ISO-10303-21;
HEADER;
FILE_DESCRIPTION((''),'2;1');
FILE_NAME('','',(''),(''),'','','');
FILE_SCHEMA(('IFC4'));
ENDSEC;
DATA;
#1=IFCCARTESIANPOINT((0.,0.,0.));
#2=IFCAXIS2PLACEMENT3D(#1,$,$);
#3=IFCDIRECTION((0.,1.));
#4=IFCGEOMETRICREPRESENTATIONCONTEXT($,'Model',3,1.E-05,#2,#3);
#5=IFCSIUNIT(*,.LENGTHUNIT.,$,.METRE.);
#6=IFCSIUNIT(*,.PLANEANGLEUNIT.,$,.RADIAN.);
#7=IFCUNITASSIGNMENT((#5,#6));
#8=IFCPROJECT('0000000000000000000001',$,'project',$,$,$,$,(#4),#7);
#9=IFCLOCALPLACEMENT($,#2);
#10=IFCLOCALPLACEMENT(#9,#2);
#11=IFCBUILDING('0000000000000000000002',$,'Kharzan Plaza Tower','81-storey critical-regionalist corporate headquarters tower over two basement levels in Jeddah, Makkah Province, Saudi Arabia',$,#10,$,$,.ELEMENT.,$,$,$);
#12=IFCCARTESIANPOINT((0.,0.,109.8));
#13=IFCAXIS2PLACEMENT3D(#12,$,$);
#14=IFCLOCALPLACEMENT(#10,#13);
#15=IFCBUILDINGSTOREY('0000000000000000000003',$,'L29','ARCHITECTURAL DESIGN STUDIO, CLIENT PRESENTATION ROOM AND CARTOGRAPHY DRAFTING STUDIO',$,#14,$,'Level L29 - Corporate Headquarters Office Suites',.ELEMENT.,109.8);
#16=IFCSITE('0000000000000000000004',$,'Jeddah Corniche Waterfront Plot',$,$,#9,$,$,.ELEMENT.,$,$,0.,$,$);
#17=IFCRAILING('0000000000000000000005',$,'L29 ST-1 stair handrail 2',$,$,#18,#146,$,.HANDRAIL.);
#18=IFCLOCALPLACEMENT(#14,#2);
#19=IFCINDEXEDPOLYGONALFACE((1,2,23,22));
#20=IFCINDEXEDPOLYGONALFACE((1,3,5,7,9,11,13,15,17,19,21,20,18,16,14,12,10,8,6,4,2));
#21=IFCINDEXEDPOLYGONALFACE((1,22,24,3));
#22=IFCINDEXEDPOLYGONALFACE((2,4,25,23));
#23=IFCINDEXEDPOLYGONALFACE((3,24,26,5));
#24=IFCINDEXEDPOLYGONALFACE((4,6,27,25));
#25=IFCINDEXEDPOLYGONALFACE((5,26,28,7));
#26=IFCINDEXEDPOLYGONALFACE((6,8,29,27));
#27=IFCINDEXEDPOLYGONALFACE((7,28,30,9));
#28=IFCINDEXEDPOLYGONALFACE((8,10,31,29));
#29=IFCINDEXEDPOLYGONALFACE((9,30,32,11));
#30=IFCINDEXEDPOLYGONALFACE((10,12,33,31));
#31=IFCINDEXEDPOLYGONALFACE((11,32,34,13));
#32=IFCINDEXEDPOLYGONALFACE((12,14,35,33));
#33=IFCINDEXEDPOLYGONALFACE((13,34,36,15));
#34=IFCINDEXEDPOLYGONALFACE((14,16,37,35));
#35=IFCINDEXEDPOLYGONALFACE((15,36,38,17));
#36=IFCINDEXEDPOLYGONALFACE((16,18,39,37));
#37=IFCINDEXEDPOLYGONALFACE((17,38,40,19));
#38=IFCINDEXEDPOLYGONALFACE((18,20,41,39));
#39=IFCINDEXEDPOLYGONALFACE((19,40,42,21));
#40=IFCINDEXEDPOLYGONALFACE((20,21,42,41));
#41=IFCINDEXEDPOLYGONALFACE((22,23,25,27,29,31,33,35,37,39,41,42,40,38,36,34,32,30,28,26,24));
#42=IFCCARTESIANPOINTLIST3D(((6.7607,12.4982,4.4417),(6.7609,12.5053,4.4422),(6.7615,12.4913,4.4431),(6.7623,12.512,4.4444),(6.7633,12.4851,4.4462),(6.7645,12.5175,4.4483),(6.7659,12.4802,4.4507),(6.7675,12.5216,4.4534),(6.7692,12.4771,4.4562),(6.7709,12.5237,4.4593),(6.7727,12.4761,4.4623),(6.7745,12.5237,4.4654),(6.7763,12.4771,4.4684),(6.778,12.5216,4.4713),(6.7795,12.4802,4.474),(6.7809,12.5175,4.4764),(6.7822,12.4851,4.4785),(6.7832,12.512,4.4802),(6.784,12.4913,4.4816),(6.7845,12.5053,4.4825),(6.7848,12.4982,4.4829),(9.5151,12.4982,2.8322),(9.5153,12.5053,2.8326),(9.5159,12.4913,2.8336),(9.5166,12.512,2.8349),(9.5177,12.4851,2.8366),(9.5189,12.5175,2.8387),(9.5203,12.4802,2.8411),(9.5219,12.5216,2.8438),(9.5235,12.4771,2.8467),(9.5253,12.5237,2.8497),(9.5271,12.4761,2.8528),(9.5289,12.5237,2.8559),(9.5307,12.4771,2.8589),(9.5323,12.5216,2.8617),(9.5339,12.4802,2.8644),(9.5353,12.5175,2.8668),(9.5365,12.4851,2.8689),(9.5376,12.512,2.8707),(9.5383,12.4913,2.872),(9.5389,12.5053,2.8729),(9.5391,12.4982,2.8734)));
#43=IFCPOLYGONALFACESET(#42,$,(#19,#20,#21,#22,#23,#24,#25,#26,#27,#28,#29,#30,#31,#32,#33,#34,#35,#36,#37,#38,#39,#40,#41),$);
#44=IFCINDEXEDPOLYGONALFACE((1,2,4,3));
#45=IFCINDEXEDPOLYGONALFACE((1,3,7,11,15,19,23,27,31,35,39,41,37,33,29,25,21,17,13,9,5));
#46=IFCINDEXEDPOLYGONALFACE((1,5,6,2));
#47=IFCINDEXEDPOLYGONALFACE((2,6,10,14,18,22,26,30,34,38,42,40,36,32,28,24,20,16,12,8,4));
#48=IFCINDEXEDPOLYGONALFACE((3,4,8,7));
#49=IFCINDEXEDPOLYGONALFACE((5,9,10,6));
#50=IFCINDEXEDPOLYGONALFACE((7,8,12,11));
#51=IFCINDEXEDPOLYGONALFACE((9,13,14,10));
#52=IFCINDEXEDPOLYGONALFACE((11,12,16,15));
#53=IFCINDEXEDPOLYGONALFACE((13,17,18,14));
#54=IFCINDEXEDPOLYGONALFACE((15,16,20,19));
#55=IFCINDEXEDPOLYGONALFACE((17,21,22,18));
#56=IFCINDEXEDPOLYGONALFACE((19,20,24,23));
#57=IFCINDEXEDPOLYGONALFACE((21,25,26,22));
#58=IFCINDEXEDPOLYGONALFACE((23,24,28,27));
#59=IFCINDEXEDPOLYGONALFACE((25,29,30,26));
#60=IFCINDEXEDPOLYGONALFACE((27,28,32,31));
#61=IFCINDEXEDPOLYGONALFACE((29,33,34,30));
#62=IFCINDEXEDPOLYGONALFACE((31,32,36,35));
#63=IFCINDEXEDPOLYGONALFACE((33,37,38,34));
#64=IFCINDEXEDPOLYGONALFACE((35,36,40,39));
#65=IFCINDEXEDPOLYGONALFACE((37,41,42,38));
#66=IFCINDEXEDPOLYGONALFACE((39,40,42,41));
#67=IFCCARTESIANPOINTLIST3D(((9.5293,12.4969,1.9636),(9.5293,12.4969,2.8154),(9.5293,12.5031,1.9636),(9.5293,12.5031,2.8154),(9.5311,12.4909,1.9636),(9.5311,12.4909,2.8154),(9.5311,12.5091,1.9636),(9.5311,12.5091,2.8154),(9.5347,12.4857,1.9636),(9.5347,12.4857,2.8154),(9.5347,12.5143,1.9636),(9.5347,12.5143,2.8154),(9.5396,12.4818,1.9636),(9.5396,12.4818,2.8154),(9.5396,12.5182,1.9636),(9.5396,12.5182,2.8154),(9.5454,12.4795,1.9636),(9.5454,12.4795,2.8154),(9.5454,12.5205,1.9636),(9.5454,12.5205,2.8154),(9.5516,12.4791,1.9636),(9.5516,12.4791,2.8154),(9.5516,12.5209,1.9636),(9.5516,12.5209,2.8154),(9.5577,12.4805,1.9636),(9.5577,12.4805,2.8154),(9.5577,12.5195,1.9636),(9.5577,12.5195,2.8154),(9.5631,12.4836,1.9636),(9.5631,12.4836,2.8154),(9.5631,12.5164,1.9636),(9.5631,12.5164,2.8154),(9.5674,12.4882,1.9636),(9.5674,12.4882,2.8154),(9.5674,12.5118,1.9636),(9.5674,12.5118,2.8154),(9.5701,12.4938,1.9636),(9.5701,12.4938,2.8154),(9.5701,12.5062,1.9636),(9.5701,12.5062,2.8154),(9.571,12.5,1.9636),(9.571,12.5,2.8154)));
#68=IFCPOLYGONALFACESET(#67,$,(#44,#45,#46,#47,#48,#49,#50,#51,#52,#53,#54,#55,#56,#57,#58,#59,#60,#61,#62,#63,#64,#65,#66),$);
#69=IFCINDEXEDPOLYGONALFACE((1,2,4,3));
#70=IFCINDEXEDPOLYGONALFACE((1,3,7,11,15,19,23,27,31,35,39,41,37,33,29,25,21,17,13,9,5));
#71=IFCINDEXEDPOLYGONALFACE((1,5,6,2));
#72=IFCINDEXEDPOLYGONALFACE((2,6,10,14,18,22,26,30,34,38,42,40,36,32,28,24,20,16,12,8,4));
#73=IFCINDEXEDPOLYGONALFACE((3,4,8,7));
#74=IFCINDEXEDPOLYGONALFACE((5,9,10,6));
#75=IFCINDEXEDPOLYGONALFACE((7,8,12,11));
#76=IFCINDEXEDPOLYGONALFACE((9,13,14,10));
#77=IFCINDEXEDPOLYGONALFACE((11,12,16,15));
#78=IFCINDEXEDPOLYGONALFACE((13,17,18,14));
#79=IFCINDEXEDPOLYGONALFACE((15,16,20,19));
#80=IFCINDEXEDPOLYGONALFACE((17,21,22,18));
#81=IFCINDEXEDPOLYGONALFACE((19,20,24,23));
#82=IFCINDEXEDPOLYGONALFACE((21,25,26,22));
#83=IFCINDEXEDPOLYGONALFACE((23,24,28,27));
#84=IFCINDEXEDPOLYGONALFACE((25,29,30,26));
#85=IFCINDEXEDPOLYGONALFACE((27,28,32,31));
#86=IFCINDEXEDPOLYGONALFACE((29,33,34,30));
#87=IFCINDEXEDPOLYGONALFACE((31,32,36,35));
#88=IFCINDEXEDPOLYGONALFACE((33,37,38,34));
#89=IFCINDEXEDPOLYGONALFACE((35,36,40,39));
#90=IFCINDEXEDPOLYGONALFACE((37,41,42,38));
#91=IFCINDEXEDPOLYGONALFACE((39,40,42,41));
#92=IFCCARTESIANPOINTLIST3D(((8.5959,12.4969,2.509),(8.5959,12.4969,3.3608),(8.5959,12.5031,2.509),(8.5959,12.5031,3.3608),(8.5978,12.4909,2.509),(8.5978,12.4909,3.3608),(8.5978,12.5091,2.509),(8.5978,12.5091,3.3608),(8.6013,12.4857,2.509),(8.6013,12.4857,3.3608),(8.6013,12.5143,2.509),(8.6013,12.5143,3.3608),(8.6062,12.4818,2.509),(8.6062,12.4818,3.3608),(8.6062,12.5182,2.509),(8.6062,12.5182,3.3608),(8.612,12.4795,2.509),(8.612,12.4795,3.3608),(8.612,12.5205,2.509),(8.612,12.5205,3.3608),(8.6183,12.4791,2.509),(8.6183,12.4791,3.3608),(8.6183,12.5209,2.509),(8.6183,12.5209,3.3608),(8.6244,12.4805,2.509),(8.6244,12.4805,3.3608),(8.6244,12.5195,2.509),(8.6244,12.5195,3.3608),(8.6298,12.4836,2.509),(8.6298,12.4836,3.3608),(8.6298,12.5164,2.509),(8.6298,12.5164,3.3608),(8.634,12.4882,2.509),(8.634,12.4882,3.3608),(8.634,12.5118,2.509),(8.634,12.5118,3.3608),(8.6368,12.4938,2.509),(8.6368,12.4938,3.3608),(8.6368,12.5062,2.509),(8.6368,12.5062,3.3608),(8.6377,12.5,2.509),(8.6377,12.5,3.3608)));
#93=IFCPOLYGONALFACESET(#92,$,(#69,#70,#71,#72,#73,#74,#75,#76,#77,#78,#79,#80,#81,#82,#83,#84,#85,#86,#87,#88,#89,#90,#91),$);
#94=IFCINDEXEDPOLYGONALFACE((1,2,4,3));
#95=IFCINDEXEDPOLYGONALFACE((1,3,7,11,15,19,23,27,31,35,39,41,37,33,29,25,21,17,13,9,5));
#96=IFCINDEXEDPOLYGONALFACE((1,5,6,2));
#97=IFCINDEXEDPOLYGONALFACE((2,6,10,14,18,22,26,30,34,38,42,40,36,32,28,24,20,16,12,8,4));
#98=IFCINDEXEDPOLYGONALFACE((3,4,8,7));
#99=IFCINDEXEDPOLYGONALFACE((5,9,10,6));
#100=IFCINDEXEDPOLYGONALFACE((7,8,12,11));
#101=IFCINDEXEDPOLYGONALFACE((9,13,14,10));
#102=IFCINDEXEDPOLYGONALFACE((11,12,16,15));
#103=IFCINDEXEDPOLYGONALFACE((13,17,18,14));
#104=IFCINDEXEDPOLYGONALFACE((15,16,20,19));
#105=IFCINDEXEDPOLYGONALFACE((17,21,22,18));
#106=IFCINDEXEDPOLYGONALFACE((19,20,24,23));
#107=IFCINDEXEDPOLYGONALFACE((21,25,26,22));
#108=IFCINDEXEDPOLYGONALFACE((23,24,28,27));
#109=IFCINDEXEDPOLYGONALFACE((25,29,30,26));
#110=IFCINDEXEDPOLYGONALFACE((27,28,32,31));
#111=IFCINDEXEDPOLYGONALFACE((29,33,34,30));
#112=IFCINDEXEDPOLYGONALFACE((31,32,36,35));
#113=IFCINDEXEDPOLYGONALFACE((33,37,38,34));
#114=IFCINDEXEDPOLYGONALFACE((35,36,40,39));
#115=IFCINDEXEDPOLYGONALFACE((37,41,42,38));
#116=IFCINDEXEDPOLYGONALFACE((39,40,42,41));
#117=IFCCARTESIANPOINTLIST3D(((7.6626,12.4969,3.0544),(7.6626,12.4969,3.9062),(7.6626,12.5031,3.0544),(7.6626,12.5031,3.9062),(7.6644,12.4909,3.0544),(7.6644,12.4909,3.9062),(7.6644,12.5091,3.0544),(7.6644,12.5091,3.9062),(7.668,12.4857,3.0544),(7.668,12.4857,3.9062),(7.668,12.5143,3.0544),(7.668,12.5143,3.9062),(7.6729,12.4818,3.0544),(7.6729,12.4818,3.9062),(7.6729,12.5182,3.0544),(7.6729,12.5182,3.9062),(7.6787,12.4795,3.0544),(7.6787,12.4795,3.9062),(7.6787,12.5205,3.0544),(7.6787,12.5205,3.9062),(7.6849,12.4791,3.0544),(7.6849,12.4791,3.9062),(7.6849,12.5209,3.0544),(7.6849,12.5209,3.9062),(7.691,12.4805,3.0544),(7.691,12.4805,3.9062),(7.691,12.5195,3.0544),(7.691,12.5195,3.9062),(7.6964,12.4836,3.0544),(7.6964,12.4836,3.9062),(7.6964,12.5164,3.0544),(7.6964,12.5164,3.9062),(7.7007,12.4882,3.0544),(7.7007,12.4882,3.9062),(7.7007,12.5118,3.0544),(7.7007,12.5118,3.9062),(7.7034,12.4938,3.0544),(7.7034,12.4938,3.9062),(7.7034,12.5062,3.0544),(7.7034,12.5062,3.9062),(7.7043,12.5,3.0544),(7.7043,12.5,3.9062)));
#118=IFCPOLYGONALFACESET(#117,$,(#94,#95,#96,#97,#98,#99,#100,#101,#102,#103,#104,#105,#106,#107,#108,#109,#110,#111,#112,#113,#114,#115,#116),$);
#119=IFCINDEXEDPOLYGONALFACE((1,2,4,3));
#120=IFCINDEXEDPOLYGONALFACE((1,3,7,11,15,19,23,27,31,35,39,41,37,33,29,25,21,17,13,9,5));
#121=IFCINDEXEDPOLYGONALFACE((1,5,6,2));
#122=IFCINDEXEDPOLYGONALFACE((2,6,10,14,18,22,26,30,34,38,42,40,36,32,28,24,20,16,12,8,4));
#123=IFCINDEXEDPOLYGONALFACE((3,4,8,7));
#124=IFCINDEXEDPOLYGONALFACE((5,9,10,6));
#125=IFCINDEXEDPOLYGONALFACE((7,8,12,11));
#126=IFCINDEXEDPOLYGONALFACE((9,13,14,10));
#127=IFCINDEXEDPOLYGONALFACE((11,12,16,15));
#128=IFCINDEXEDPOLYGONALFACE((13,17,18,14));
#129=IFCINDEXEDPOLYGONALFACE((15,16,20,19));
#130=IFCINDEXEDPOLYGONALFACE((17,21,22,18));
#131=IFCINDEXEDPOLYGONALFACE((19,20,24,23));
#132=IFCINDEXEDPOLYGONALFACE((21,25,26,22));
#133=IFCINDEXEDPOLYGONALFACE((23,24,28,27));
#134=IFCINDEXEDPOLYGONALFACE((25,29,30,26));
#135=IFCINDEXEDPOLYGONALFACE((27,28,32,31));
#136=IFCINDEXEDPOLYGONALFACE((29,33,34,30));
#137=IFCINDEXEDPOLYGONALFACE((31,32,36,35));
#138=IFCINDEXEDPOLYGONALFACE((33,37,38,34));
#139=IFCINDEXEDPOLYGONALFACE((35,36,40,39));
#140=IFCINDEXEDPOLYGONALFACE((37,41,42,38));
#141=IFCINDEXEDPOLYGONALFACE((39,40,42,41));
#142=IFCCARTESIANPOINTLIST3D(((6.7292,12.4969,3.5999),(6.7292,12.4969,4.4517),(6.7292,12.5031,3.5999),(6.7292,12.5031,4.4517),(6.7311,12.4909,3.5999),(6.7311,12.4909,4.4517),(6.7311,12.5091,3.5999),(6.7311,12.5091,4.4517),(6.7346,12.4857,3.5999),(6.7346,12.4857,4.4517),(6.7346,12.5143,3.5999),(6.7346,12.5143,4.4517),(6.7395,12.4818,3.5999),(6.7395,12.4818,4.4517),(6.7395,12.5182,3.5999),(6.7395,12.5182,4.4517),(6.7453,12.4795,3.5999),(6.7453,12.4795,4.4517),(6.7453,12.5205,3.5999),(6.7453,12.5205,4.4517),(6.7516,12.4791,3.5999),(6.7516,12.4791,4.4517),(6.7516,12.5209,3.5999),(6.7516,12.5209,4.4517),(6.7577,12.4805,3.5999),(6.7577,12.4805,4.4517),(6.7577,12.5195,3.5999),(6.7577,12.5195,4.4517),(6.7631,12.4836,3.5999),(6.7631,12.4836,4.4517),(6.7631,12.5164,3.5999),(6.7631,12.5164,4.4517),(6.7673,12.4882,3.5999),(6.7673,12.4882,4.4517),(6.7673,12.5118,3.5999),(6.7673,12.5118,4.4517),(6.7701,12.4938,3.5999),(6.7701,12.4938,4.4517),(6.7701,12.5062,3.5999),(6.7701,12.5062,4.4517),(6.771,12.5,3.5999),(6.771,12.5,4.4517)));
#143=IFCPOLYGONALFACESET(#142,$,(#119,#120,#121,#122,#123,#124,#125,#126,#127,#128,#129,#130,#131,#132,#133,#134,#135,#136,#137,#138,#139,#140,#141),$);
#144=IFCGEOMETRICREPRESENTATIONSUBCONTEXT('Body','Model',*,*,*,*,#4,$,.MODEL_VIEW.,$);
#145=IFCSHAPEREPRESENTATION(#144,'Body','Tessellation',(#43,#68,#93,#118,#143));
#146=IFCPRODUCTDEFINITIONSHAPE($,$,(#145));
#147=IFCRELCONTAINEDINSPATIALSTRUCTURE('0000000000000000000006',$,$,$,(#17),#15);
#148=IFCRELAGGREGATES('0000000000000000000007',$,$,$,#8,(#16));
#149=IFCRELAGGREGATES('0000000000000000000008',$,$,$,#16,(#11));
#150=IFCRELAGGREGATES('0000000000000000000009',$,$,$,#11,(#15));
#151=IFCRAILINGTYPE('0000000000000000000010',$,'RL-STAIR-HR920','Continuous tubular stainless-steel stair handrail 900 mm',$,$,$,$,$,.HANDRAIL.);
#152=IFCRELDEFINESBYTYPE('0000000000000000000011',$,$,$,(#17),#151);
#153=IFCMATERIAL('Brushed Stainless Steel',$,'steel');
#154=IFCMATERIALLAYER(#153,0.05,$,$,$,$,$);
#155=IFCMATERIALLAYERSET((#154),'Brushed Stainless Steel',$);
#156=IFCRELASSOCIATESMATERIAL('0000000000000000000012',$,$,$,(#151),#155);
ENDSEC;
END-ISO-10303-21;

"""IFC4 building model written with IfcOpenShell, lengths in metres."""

from ifc_helpers import new_model, si_unit, direction, frame, origin, origin_2d, place, context, subcontext, project, spatial, circle, extrude, source, transform, mapped, material, layer, layer_set, type_object, element, save


model = new_model("IFC4")

# Units and contexts
model_context = context("Model", 3, precision=1e-05, world=origin(), true_north=direction((0.0, 1.0)))
body_context = subcontext(model_context, "Body", "Model", "MODEL_VIEW")
ifc_project = project(units=[si_unit("LENGTHUNIT", "METRE"), si_unit("PLANEANGLEUNIT", "RADIAN")], contexts=[model_context])

# Site, building, storey
site_placement = place(None, origin())
site = spatial("IfcSite", under=ifc_project, at=site_placement, Name="Jeddah Corniche Waterfront Plot", CompositionType="ELEMENT", RefElevation=0.0)
building_placement = place(site_placement, origin())
building = spatial("IfcBuilding", under=site, at=building_placement, Name="Kharzan Plaza Tower", Description="81-storey critical-regionalist corporate headquarters tower over two basement levels in Jeddah, Makkah Province, Saudi Arabia", CompositionType="ELEMENT")
storey_placement = place(building_placement, frame((0.0, 0.0, 109.8)))
storey = spatial("IfcBuildingStorey", under=building, at=storey_placement, Name="L29", Description="ARCHITECTURAL DESIGN STUDIO, CLIENT PRESENTATION ROOM AND CARTOGRAPHY DRAFTING STUDIO", LongName="Level L29 - Corporate Headquarters Office Suites", CompositionType="ELEMENT", Elevation=109.8)

# Shared definitions
ifc_material_1 = material(Name="Brushed Stainless Steel", Category="steel")

# Railing
ifc_layer_1 = layer(ifc_material_1, 0.05)
ifc_layer_set_1 = layer_set([ifc_layer_1], Name="Brushed Stainless Steel")
railing_type = type_object("IfcRailingType", Name="RL-STAIR-HR920", Description="Continuous tubular stainless-steel stair handrail 900 mm", PredefinedType="HANDRAIL", material=ifc_layer_set_1)
shared_shape_1 = source(origin(), body_context, "Body", "SweptSolid", [
    extrude(circle(Radius=0.0239, at=origin_2d()), frame((-0.0229, 0.0, 0.8892), z_axis=(-0.863394, 0.0, 0.504531), x_axis=(0.0, -1.0, 0.0)), (0.0, 0.0, 1.0), 3.1902),
    extrude(circle(Radius=0.021, at=origin_2d()), origin(), (0.0, 0.0, 1.0), 0.8518),
    extrude(circle(Radius=0.021, at=origin_2d()), frame((-0.9333, 0.0, 0.5454)), (0.0, 0.0, 1.0), 0.8518),
    extrude(circle(Radius=0.021, at=origin_2d()), frame((-1.8667, 0.0, 1.0908)), (0.0, 0.0, 1.0), 0.8518),
    extrude(circle(Radius=0.021, at=origin_2d()), frame((-2.8, 0.0, 1.6362)), (0.0, 0.0, 1.0), 0.8518),
])
railing_placement = place(storey_placement, frame((9.55, 12.5, 1.9636)))
element("IfcRailing", 1, at=railing_placement, inside=storey, type_object=railing_type, Name="L29 ST-1 stair handrail 2", PredefinedType="HANDRAIL", context=body_context, shape_type="MappedRepresentation", body=[
    mapped(shared_shape_1, transform((0.0, 0.0, 0.0), x_axis=(1.0, 0.0, 0.0), y_axis=(0.0, 1.0, 0.0), z_axis=(0.0, 0.0, 1.0))),
])

save(model, "model.ifc")
